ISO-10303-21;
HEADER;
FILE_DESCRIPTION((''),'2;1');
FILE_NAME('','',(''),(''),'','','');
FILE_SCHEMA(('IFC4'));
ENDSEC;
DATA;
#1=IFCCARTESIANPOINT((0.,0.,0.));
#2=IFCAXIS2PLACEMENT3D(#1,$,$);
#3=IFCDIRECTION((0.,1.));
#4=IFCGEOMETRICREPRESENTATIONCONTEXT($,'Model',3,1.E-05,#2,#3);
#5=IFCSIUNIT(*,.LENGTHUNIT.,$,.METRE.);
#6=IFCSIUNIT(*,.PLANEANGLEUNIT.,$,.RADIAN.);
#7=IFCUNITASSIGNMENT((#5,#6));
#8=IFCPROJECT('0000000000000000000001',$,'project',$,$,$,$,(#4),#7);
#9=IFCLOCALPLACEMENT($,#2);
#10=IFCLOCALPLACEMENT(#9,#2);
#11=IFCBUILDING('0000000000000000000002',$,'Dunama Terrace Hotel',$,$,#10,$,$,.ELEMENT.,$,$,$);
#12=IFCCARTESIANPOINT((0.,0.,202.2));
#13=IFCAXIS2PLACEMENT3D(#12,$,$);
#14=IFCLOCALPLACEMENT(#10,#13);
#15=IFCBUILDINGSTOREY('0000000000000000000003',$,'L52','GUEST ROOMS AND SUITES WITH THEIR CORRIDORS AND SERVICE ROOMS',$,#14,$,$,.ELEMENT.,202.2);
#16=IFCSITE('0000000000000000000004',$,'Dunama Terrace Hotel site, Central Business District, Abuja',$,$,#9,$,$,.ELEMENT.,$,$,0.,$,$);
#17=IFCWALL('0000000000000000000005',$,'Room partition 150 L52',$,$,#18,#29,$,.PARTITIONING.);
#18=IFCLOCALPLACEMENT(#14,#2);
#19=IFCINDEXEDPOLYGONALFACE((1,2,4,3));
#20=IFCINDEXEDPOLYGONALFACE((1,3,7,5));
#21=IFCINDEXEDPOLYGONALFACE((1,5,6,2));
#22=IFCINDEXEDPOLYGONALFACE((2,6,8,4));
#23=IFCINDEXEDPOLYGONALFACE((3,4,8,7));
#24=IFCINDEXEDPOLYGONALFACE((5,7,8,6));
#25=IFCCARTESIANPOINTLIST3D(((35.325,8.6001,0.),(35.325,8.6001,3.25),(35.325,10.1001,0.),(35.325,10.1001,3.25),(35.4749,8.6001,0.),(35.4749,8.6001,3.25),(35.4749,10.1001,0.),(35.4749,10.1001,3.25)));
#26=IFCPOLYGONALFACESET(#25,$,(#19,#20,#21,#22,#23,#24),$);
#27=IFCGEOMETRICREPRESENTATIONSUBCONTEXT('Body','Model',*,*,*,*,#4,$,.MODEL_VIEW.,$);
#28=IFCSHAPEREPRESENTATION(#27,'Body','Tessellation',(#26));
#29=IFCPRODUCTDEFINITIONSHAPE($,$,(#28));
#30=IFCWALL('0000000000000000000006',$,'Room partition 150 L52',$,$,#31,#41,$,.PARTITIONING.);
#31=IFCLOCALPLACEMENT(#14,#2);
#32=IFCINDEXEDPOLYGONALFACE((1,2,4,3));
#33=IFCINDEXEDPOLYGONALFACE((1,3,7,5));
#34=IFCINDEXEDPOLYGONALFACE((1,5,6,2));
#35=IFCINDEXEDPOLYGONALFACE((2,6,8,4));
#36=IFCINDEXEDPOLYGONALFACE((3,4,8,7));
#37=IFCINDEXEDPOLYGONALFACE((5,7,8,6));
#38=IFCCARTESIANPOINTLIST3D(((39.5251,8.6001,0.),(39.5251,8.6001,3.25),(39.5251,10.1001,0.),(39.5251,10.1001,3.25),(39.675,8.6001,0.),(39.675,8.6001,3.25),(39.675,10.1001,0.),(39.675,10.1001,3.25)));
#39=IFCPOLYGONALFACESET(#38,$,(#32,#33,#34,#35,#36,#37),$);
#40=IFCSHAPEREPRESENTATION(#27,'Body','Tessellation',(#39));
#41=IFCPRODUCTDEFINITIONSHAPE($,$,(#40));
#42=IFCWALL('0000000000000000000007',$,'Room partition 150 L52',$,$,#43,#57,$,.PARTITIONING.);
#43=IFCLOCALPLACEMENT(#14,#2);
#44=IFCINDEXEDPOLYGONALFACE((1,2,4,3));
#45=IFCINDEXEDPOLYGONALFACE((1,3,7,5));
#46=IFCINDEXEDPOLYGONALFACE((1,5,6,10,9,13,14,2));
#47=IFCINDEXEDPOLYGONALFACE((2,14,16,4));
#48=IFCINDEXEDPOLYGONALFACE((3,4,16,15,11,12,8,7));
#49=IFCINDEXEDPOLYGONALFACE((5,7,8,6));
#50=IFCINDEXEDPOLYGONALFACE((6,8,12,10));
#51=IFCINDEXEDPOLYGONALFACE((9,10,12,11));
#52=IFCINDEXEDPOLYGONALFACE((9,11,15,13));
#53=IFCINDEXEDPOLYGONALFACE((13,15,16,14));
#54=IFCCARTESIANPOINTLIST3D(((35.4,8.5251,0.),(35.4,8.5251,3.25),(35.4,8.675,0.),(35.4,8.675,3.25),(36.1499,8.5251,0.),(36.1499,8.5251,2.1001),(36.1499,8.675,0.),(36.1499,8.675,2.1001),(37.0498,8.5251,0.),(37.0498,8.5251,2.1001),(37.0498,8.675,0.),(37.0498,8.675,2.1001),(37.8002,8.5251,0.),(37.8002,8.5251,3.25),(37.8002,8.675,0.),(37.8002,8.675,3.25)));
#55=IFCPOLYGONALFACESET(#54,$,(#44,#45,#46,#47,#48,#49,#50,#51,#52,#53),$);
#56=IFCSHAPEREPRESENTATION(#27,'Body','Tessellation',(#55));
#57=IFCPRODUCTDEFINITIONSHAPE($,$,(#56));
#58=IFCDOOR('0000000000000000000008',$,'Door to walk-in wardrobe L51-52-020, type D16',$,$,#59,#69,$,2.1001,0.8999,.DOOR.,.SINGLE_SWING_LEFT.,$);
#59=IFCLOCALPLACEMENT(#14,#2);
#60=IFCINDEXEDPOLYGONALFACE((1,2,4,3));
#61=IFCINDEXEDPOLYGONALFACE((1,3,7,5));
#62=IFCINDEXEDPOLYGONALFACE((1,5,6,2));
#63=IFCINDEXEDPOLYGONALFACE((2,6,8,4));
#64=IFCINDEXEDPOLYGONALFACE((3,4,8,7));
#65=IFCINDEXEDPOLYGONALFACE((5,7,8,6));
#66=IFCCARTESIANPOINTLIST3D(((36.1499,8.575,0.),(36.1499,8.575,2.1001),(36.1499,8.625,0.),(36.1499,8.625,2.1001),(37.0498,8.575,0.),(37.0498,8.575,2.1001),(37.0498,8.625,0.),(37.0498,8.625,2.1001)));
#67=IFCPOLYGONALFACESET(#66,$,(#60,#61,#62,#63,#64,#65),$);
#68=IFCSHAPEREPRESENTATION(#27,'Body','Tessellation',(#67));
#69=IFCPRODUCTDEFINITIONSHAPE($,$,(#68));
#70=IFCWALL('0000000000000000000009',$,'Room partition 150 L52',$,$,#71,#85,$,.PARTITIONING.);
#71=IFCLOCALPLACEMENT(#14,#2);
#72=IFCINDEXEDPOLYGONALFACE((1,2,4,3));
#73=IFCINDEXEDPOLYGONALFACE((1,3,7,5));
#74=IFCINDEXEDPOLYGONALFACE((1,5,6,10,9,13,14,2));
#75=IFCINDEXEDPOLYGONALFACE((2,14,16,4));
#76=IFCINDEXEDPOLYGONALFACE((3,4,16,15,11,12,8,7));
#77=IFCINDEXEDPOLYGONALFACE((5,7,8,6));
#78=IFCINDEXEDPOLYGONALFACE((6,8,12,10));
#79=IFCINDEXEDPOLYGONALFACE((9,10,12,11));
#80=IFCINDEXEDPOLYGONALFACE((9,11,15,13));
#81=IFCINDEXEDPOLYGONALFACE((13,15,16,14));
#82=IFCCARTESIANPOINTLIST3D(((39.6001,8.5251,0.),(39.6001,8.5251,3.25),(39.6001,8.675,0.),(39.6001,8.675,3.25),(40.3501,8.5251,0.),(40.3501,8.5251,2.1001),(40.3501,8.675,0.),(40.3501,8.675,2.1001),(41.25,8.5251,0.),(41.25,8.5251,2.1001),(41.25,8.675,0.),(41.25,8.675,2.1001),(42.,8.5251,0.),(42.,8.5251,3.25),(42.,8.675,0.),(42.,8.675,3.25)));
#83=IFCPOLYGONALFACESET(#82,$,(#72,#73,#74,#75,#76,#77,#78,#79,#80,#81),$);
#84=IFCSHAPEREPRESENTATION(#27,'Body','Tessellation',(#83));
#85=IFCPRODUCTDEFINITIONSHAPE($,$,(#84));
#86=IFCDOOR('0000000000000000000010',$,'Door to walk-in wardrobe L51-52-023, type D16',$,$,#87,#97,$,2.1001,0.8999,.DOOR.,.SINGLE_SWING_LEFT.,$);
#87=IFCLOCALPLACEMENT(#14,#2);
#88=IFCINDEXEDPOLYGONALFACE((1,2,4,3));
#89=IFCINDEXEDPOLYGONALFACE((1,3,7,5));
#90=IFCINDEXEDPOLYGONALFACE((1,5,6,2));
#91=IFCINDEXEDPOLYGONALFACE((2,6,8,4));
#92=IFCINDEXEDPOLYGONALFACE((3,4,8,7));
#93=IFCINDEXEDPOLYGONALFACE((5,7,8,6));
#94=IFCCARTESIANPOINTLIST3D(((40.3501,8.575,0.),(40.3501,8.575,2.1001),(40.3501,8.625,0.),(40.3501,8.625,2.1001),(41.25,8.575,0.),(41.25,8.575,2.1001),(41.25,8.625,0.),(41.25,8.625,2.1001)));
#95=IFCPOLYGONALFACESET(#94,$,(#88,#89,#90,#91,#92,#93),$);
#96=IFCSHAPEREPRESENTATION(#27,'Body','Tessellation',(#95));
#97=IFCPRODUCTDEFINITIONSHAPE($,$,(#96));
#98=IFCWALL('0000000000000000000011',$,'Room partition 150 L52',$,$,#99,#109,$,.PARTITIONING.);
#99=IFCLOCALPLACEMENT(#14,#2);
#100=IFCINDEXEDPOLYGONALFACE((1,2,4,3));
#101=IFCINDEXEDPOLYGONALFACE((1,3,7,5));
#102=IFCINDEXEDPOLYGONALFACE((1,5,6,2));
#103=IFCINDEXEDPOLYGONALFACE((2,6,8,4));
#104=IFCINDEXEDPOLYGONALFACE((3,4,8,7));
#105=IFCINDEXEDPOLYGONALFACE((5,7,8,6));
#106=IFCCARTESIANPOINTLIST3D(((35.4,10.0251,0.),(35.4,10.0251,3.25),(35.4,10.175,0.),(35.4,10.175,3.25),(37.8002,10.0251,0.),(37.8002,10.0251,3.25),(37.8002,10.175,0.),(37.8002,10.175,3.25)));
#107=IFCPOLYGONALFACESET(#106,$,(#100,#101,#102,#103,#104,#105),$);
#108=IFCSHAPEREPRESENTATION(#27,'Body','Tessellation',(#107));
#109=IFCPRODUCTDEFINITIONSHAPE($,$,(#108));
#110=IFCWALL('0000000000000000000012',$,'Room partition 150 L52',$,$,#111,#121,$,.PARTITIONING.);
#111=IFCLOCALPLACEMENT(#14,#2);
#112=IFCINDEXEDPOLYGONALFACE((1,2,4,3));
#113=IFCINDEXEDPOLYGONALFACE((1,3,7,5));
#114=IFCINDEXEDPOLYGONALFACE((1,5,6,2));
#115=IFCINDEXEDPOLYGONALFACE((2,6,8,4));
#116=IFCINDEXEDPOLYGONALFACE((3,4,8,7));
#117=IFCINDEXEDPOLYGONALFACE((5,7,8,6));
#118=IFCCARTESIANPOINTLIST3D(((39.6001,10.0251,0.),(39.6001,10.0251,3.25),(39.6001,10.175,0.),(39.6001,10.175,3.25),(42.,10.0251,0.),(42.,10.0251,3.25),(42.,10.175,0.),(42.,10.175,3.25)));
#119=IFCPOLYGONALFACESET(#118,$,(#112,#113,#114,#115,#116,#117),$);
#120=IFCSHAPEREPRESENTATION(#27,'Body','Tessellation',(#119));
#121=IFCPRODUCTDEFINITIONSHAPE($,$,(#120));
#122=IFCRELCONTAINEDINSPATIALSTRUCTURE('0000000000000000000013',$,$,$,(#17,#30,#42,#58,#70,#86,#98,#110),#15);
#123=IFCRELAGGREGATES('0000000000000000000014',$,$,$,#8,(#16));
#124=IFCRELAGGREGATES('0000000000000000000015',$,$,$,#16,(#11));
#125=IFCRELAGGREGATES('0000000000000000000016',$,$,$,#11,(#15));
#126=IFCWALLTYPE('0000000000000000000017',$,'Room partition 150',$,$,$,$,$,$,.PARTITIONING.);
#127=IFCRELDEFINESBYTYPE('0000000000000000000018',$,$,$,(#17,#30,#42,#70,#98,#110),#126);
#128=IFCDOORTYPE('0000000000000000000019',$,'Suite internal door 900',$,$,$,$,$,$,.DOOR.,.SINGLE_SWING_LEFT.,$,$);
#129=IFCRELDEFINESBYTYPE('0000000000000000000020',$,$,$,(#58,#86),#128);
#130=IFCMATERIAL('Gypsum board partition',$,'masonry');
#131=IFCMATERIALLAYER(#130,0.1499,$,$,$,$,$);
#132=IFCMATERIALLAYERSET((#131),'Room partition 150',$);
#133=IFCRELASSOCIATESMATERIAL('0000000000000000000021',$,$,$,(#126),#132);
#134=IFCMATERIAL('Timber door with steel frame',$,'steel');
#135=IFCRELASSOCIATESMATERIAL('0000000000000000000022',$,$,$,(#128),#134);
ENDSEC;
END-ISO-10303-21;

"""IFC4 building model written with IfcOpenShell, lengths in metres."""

from ifc_helpers import new_model, si_unit, direction, frame, frame_2d, origin, place, context, subcontext, project, spatial, rectangle, extrude, material, layer, layer_set, type_object, element, fill, save


model = new_model("IFC4")

# Units and contexts
model_context = context("Model", 3, precision=1e-05, world=origin(), true_north=direction((0.0, 1.0)))
body_context = subcontext(model_context, "Body", "Model", "MODEL_VIEW")
ifc_project = project(units=[si_unit("LENGTHUNIT", "METRE"), si_unit("PLANEANGLEUNIT", "RADIAN")], contexts=[model_context])

# Site, building, storey
site_placement = place(None, origin())
site = spatial("IfcSite", under=ifc_project, at=site_placement, Name="Dunama Terrace Hotel site, Central Business District, Abuja", CompositionType="ELEMENT", RefElevation=0.0)
building_placement = place(site_placement, origin())
building = spatial("IfcBuilding", under=site, at=building_placement, Name="Dunama Terrace Hotel", CompositionType="ELEMENT")
storey_placement = place(building_placement, frame((0.0, 0.0, 202.2)))
storey = spatial("IfcBuildingStorey", under=building, at=storey_placement, Name="L52", Description="GUEST ROOMS AND SUITES WITH THEIR CORRIDORS AND SERVICE ROOMS", CompositionType="ELEMENT", Elevation=202.2)

# Walls
ifc_material_1 = material(Name="Gypsum board partition", Category="masonry")
ifc_layer_1 = layer(ifc_material_1, 0.1499)
ifc_layer_set_1 = layer_set([ifc_layer_1], Name="Room partition 150")
wall_type_1 = type_object("IfcWallType", Name="Room partition 150", PredefinedType="PARTITIONING", material=ifc_layer_set_1)
for number, where, z_axis, x_axis, name in (
    (1, (35.3999, 8.6001, 0.0), (0.0, 0.0, 1.0), (0.0, 1.0, 0.0), "Room partition 150 L52"),
    (2, (39.6001, 8.6001, 0.0), (0.0, 0.0, 1.0), (0.0, 1.0, 0.0), "Room partition 150 L52"),
):
    element("IfcWall", number, at=place(storey_placement, frame(where, z_axis=z_axis, x_axis=x_axis)), inside=storey, type_object=wall_type_1, Name=name, PredefinedType="PARTITIONING", context=body_context, shape_type="SweptSolid", body=[
        extrude(rectangle(XDim=1.5, YDim=0.1499, at=frame_2d((0.75, 0.0))), origin(), (0.0, 0.0, 1.0), 3.25),
    ])

# Walls, openings, doors
wall_1_placement = place(storey_placement, frame((35.3999, 8.6001, 0.0), z_axis=(0.0, 0.0, 1.0), x_axis=(1.0, 0.0, 0.0)))
wall_1 = element("IfcWall", 3, at=wall_1_placement, inside=storey, type_object=wall_type_1, Name="Room partition 150 L52", PredefinedType="PARTITIONING", context=body_context, shape_type="SweptSolid", body=[
    extrude(rectangle(XDim=2.4001, YDim=0.1499, at=frame_2d((1.2002, 0.0))), origin(), (0.0, 0.0, 1.0), 3.25),
])
opening_1_placement = place(wall_1_placement, frame((0.75, 0.0, 0.0)))
opening_1 = element("IfcOpeningElement", 4, at=opening_1_placement, cuts=wall_1, PredefinedType="OPENING", context=body_context, shape_type="SweptSolid", body=[
    extrude(rectangle(XDim=0.8999, YDim=2.1001, at=frame_2d((0.45, 1.05))), frame((0.0, 0.085, 0.0), z_axis=(0.0, -1.0, 0.0), x_axis=(1.0, 0.0, 0.0)), (0.0, 0.0, 1.0), 0.1699),
])
ifc_material_2 = material(Name="Timber door with steel frame", Category="steel")
door_type_1 = type_object("IfcDoorType", Name="Suite internal door 900", OperationType="SINGLE_SWING_LEFT", PredefinedType="DOOR", material=ifc_material_2)
door_1_placement = place(opening_1_placement, origin())
door_1 = element("IfcDoor", 5, at=door_1_placement, inside=storey, type_object=door_type_1, Name="Door to walk-in wardrobe L51-52-020, type D16", OperationType="SINGLE_SWING_LEFT", OverallHeight=2.1001, OverallWidth=0.8999, PredefinedType="DOOR", context=body_context, shape_type="SweptSolid", body=[
    extrude(rectangle(XDim=0.8999, YDim=2.1001, at=frame_2d((0.45, 1.05))), frame((0.0, 0.0249, 0.0), z_axis=(0.0, -1.0, 0.0), x_axis=(1.0, 0.0, 0.0)), (0.0, 0.0, 1.0), 0.05),
])
fill(opening_1, door_1)
wall_2_placement = place(storey_placement, frame((39.6001, 8.6001, 0.0), z_axis=(0.0, 0.0, 1.0), x_axis=(1.0, 0.0, 0.0)))
wall_2 = element("IfcWall", 6, at=wall_2_placement, inside=storey, type_object=wall_type_1, Name="Room partition 150 L52", PredefinedType="PARTITIONING", context=body_context, shape_type="SweptSolid", body=[
    extrude(rectangle(XDim=2.3999, YDim=0.1499, at=frame_2d((1.2, 0.0))), origin(), (0.0, 0.0, 1.0), 3.25),
])
opening_2_placement = place(wall_2_placement, frame((0.75, 0.0, 0.0)))
opening_2 = element("IfcOpeningElement", 7, at=opening_2_placement, cuts=wall_2, PredefinedType="OPENING", context=body_context, shape_type="SweptSolid", body=[
    extrude(rectangle(XDim=0.8999, YDim=2.1001, at=frame_2d((0.45, 1.05))), frame((0.0, 0.085, 0.0), z_axis=(0.0, -1.0, 0.0), x_axis=(1.0, 0.0, 0.0)), (0.0, 0.0, 1.0), 0.1699),
])
door_2_placement = place(opening_2_placement, origin())
door_2 = element("IfcDoor", 8, at=door_2_placement, inside=storey, type_object=door_type_1, Name="Door to walk-in wardrobe L51-52-023, type D16", OperationType="SINGLE_SWING_LEFT", OverallHeight=2.1001, OverallWidth=0.8999, PredefinedType="DOOR", context=body_context, shape_type="SweptSolid", body=[
    extrude(rectangle(XDim=0.8999, YDim=2.1001, at=frame_2d((0.45, 1.05))), frame((0.0, 0.0249, 0.0), z_axis=(0.0, -1.0, 0.0), x_axis=(1.0, 0.0, 0.0)), (0.0, 0.0, 1.0), 0.05),
])
fill(opening_2, door_2)

# Walls
wall_3_placement = place(storey_placement, frame((35.3999, 10.1001, 0.0), z_axis=(0.0, 0.0, 1.0), x_axis=(1.0, 0.0, 0.0)))
element("IfcWall", 9, at=wall_3_placement, inside=storey, type_object=wall_type_1, Name="Room partition 150 L52", PredefinedType="PARTITIONING", context=body_context, shape_type="SweptSolid", body=[
    extrude(rectangle(XDim=2.4001, YDim=0.1499, at=frame_2d((1.2002, 0.0))), origin(), (0.0, 0.0, 1.0), 3.25),
])
wall_4_placement = place(storey_placement, frame((39.6001, 10.1001, 0.0), z_axis=(0.0, 0.0, 1.0), x_axis=(1.0, 0.0, 0.0)))
element("IfcWall", 10, at=wall_4_placement, inside=storey, type_object=wall_type_1, Name="Room partition 150 L52", PredefinedType="PARTITIONING", context=body_context, shape_type="SweptSolid", body=[
    extrude(rectangle(XDim=2.3999, YDim=0.1499, at=frame_2d((1.2, 0.0))), origin(), (0.0, 0.0, 1.0), 3.25),
])

save(model, "model.ifc")
